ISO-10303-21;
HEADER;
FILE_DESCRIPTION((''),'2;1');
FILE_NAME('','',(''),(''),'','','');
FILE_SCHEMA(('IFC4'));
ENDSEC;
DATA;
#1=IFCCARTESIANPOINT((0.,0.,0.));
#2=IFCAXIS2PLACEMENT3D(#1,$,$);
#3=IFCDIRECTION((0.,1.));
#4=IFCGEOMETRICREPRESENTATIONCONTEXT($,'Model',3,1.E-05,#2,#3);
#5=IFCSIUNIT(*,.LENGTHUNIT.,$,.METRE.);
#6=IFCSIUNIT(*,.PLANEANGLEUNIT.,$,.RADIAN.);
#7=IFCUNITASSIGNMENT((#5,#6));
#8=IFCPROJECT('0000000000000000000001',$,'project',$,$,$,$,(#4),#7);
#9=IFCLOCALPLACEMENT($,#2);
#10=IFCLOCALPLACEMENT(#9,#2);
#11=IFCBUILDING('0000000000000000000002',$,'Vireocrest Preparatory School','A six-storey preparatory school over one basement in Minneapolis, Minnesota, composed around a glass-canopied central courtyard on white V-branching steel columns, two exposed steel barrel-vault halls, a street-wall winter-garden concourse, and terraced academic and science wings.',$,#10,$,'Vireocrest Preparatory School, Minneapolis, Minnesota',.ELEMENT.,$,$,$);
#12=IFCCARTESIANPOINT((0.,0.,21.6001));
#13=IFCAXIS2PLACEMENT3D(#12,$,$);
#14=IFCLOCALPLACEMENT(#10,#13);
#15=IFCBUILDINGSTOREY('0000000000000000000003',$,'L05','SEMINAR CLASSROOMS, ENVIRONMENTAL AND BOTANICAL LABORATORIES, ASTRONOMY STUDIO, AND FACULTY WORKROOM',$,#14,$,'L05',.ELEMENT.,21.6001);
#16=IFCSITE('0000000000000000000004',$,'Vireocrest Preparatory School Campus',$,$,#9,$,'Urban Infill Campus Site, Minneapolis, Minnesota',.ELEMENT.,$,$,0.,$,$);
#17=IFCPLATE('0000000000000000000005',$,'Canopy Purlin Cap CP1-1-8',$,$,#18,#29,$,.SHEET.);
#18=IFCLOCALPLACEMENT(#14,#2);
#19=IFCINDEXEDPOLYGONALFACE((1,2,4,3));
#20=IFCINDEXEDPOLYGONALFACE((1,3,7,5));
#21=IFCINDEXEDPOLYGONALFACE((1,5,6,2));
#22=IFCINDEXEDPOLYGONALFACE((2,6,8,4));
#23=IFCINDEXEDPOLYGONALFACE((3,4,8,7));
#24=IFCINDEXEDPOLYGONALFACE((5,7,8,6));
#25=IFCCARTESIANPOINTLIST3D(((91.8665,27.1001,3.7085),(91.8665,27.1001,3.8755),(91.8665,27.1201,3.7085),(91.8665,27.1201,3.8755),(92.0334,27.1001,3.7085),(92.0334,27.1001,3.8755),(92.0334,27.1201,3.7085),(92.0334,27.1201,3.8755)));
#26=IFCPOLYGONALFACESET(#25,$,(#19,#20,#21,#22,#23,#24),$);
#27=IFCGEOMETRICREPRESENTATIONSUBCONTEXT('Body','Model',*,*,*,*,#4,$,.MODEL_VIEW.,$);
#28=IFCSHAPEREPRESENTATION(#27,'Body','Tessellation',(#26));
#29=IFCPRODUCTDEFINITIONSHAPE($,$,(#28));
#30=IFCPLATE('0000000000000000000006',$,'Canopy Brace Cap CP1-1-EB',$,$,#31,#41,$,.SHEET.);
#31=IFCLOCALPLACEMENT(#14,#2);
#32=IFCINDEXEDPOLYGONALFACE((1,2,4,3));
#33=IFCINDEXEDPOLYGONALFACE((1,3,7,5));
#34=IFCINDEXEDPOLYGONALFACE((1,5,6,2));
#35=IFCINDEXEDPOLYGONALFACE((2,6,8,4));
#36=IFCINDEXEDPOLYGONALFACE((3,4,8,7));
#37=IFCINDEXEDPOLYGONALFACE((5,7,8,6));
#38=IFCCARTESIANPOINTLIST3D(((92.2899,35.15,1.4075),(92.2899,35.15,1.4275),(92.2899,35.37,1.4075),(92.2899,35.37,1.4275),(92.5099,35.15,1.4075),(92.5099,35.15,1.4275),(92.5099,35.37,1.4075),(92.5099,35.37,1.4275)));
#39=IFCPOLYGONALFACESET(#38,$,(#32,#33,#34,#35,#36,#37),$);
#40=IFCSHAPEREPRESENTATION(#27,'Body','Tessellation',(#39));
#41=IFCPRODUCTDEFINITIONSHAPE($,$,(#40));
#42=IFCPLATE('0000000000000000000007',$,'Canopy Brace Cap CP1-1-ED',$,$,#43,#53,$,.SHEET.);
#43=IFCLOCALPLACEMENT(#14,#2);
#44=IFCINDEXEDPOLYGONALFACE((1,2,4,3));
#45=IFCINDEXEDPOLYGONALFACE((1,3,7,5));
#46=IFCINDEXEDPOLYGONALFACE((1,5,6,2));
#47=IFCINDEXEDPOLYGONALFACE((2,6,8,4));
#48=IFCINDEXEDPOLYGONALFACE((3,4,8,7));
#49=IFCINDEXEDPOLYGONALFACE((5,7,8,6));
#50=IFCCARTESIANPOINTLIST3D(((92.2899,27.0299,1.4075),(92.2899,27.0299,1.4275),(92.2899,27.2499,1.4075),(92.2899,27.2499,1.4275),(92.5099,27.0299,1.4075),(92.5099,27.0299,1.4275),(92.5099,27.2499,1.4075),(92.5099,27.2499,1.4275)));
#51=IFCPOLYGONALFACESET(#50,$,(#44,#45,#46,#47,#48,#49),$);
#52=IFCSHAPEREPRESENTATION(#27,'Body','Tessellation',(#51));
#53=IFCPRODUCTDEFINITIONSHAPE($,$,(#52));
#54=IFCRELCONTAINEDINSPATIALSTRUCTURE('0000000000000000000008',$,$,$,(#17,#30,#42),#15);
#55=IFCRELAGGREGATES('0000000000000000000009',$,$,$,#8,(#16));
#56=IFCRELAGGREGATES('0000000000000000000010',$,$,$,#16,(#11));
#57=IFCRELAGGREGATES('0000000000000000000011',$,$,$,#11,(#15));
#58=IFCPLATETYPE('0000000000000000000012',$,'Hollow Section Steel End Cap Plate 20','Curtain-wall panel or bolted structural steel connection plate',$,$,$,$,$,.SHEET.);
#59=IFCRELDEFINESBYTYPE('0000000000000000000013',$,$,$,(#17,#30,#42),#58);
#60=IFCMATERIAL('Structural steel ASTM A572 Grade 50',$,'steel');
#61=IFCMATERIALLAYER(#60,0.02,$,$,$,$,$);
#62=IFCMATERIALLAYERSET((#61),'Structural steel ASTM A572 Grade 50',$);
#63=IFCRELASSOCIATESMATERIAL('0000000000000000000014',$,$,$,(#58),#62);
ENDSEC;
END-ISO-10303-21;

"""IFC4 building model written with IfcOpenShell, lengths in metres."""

from ifc_helpers import new_model, si_unit, direction, frame, origin, origin_2d, place, context, subcontext, project, spatial, rectangle, extrude, material, layer, layer_set, type_object, element, save


model = new_model("IFC4")

# Units and contexts
model_context = context("Model", 3, precision=1e-05, world=origin(), true_north=direction((0.0, 1.0)))
body_context = subcontext(model_context, "Body", "Model", "MODEL_VIEW")
ifc_project = project(units=[si_unit("LENGTHUNIT", "METRE"), si_unit("PLANEANGLEUNIT", "RADIAN")], contexts=[model_context])

# Site, building, storey
site_placement = place(None, origin())
site = spatial("IfcSite", under=ifc_project, at=site_placement, Name="Vireocrest Preparatory School Campus", LongName="Urban Infill Campus Site, Minneapolis, Minnesota", CompositionType="ELEMENT", RefElevation=0.0)
building_placement = place(site_placement, origin())
building = spatial("IfcBuilding", under=site, at=building_placement, Name="Vireocrest Preparatory School", Description="A six-storey preparatory school over one basement in Minneapolis, Minnesota, composed around a glass-canopied central courtyard on white V-branching steel columns, two exposed steel barrel-vault halls, a street-wall winter-garden concourse, and terraced academic and science wings.", LongName="Vireocrest Preparatory School, Minneapolis, Minnesota", CompositionType="ELEMENT")
storey_placement = place(building_placement, frame((0.0, 0.0, 21.6001)))
storey = spatial("IfcBuildingStorey", under=building, at=storey_placement, Name="L05", Description="SEMINAR CLASSROOMS, ENVIRONMENTAL AND BOTANICAL LABORATORIES, ASTRONOMY STUDIO, AND FACULTY WORKROOM", LongName="L05", CompositionType="ELEMENT", Elevation=21.6001)

# Plates
ifc_material_1 = material(Name="Structural steel ASTM A572 Grade 50", Category="steel")
ifc_layer_1 = layer(ifc_material_1, 0.02)
ifc_layer_set_1 = layer_set([ifc_layer_1], Name="Structural steel ASTM A572 Grade 50")
plate_type_1 = type_object("IfcPlateType", Name="Hollow Section Steel End Cap Plate 20", Description="Curtain-wall panel or bolted structural steel connection plate", PredefinedType="SHEET", material=ifc_layer_set_1)
plate_placement = place(storey_placement, frame((91.95, 27.1101, 3.7085), z_axis=(0.0, 0.0, 1.0), x_axis=(1.0, 0.0, 0.0)))
element("IfcPlate", 1, at=plate_placement, inside=storey, type_object=plate_type_1, Name="Canopy Purlin Cap CP1-1-8", PredefinedType="SHEET", context=body_context, shape_type="SweptSolid", body=[
    extrude(rectangle(XDim=0.167, YDim=0.02, at=origin_2d()), origin(), (0.0, 0.0, 1.0), 0.167),
])
for number, where, z_axis, x_axis, name in (
    (2, (92.3999, 35.26, 1.4075), (0.0, 0.0, 1.0), (1.0, 0.0, 0.0), "Canopy Brace Cap CP1-1-EB"),
    (3, (92.3999, 27.1399, 1.4075), (0.0, 0.0, 1.0), (1.0, 0.0, 0.0), "Canopy Brace Cap CP1-1-ED"),
):
    element("IfcPlate", number, at=place(storey_placement, frame(where, z_axis=z_axis, x_axis=x_axis)), inside=storey, type_object=plate_type_1, Name=name, PredefinedType="SHEET", context=body_context, shape_type="SweptSolid", body=[
        extrude(rectangle(XDim=0.22, YDim=0.22, at=origin_2d()), origin(), (0.0, 0.0, 1.0), 0.02),
    ])

save(model, "model.ifc")
